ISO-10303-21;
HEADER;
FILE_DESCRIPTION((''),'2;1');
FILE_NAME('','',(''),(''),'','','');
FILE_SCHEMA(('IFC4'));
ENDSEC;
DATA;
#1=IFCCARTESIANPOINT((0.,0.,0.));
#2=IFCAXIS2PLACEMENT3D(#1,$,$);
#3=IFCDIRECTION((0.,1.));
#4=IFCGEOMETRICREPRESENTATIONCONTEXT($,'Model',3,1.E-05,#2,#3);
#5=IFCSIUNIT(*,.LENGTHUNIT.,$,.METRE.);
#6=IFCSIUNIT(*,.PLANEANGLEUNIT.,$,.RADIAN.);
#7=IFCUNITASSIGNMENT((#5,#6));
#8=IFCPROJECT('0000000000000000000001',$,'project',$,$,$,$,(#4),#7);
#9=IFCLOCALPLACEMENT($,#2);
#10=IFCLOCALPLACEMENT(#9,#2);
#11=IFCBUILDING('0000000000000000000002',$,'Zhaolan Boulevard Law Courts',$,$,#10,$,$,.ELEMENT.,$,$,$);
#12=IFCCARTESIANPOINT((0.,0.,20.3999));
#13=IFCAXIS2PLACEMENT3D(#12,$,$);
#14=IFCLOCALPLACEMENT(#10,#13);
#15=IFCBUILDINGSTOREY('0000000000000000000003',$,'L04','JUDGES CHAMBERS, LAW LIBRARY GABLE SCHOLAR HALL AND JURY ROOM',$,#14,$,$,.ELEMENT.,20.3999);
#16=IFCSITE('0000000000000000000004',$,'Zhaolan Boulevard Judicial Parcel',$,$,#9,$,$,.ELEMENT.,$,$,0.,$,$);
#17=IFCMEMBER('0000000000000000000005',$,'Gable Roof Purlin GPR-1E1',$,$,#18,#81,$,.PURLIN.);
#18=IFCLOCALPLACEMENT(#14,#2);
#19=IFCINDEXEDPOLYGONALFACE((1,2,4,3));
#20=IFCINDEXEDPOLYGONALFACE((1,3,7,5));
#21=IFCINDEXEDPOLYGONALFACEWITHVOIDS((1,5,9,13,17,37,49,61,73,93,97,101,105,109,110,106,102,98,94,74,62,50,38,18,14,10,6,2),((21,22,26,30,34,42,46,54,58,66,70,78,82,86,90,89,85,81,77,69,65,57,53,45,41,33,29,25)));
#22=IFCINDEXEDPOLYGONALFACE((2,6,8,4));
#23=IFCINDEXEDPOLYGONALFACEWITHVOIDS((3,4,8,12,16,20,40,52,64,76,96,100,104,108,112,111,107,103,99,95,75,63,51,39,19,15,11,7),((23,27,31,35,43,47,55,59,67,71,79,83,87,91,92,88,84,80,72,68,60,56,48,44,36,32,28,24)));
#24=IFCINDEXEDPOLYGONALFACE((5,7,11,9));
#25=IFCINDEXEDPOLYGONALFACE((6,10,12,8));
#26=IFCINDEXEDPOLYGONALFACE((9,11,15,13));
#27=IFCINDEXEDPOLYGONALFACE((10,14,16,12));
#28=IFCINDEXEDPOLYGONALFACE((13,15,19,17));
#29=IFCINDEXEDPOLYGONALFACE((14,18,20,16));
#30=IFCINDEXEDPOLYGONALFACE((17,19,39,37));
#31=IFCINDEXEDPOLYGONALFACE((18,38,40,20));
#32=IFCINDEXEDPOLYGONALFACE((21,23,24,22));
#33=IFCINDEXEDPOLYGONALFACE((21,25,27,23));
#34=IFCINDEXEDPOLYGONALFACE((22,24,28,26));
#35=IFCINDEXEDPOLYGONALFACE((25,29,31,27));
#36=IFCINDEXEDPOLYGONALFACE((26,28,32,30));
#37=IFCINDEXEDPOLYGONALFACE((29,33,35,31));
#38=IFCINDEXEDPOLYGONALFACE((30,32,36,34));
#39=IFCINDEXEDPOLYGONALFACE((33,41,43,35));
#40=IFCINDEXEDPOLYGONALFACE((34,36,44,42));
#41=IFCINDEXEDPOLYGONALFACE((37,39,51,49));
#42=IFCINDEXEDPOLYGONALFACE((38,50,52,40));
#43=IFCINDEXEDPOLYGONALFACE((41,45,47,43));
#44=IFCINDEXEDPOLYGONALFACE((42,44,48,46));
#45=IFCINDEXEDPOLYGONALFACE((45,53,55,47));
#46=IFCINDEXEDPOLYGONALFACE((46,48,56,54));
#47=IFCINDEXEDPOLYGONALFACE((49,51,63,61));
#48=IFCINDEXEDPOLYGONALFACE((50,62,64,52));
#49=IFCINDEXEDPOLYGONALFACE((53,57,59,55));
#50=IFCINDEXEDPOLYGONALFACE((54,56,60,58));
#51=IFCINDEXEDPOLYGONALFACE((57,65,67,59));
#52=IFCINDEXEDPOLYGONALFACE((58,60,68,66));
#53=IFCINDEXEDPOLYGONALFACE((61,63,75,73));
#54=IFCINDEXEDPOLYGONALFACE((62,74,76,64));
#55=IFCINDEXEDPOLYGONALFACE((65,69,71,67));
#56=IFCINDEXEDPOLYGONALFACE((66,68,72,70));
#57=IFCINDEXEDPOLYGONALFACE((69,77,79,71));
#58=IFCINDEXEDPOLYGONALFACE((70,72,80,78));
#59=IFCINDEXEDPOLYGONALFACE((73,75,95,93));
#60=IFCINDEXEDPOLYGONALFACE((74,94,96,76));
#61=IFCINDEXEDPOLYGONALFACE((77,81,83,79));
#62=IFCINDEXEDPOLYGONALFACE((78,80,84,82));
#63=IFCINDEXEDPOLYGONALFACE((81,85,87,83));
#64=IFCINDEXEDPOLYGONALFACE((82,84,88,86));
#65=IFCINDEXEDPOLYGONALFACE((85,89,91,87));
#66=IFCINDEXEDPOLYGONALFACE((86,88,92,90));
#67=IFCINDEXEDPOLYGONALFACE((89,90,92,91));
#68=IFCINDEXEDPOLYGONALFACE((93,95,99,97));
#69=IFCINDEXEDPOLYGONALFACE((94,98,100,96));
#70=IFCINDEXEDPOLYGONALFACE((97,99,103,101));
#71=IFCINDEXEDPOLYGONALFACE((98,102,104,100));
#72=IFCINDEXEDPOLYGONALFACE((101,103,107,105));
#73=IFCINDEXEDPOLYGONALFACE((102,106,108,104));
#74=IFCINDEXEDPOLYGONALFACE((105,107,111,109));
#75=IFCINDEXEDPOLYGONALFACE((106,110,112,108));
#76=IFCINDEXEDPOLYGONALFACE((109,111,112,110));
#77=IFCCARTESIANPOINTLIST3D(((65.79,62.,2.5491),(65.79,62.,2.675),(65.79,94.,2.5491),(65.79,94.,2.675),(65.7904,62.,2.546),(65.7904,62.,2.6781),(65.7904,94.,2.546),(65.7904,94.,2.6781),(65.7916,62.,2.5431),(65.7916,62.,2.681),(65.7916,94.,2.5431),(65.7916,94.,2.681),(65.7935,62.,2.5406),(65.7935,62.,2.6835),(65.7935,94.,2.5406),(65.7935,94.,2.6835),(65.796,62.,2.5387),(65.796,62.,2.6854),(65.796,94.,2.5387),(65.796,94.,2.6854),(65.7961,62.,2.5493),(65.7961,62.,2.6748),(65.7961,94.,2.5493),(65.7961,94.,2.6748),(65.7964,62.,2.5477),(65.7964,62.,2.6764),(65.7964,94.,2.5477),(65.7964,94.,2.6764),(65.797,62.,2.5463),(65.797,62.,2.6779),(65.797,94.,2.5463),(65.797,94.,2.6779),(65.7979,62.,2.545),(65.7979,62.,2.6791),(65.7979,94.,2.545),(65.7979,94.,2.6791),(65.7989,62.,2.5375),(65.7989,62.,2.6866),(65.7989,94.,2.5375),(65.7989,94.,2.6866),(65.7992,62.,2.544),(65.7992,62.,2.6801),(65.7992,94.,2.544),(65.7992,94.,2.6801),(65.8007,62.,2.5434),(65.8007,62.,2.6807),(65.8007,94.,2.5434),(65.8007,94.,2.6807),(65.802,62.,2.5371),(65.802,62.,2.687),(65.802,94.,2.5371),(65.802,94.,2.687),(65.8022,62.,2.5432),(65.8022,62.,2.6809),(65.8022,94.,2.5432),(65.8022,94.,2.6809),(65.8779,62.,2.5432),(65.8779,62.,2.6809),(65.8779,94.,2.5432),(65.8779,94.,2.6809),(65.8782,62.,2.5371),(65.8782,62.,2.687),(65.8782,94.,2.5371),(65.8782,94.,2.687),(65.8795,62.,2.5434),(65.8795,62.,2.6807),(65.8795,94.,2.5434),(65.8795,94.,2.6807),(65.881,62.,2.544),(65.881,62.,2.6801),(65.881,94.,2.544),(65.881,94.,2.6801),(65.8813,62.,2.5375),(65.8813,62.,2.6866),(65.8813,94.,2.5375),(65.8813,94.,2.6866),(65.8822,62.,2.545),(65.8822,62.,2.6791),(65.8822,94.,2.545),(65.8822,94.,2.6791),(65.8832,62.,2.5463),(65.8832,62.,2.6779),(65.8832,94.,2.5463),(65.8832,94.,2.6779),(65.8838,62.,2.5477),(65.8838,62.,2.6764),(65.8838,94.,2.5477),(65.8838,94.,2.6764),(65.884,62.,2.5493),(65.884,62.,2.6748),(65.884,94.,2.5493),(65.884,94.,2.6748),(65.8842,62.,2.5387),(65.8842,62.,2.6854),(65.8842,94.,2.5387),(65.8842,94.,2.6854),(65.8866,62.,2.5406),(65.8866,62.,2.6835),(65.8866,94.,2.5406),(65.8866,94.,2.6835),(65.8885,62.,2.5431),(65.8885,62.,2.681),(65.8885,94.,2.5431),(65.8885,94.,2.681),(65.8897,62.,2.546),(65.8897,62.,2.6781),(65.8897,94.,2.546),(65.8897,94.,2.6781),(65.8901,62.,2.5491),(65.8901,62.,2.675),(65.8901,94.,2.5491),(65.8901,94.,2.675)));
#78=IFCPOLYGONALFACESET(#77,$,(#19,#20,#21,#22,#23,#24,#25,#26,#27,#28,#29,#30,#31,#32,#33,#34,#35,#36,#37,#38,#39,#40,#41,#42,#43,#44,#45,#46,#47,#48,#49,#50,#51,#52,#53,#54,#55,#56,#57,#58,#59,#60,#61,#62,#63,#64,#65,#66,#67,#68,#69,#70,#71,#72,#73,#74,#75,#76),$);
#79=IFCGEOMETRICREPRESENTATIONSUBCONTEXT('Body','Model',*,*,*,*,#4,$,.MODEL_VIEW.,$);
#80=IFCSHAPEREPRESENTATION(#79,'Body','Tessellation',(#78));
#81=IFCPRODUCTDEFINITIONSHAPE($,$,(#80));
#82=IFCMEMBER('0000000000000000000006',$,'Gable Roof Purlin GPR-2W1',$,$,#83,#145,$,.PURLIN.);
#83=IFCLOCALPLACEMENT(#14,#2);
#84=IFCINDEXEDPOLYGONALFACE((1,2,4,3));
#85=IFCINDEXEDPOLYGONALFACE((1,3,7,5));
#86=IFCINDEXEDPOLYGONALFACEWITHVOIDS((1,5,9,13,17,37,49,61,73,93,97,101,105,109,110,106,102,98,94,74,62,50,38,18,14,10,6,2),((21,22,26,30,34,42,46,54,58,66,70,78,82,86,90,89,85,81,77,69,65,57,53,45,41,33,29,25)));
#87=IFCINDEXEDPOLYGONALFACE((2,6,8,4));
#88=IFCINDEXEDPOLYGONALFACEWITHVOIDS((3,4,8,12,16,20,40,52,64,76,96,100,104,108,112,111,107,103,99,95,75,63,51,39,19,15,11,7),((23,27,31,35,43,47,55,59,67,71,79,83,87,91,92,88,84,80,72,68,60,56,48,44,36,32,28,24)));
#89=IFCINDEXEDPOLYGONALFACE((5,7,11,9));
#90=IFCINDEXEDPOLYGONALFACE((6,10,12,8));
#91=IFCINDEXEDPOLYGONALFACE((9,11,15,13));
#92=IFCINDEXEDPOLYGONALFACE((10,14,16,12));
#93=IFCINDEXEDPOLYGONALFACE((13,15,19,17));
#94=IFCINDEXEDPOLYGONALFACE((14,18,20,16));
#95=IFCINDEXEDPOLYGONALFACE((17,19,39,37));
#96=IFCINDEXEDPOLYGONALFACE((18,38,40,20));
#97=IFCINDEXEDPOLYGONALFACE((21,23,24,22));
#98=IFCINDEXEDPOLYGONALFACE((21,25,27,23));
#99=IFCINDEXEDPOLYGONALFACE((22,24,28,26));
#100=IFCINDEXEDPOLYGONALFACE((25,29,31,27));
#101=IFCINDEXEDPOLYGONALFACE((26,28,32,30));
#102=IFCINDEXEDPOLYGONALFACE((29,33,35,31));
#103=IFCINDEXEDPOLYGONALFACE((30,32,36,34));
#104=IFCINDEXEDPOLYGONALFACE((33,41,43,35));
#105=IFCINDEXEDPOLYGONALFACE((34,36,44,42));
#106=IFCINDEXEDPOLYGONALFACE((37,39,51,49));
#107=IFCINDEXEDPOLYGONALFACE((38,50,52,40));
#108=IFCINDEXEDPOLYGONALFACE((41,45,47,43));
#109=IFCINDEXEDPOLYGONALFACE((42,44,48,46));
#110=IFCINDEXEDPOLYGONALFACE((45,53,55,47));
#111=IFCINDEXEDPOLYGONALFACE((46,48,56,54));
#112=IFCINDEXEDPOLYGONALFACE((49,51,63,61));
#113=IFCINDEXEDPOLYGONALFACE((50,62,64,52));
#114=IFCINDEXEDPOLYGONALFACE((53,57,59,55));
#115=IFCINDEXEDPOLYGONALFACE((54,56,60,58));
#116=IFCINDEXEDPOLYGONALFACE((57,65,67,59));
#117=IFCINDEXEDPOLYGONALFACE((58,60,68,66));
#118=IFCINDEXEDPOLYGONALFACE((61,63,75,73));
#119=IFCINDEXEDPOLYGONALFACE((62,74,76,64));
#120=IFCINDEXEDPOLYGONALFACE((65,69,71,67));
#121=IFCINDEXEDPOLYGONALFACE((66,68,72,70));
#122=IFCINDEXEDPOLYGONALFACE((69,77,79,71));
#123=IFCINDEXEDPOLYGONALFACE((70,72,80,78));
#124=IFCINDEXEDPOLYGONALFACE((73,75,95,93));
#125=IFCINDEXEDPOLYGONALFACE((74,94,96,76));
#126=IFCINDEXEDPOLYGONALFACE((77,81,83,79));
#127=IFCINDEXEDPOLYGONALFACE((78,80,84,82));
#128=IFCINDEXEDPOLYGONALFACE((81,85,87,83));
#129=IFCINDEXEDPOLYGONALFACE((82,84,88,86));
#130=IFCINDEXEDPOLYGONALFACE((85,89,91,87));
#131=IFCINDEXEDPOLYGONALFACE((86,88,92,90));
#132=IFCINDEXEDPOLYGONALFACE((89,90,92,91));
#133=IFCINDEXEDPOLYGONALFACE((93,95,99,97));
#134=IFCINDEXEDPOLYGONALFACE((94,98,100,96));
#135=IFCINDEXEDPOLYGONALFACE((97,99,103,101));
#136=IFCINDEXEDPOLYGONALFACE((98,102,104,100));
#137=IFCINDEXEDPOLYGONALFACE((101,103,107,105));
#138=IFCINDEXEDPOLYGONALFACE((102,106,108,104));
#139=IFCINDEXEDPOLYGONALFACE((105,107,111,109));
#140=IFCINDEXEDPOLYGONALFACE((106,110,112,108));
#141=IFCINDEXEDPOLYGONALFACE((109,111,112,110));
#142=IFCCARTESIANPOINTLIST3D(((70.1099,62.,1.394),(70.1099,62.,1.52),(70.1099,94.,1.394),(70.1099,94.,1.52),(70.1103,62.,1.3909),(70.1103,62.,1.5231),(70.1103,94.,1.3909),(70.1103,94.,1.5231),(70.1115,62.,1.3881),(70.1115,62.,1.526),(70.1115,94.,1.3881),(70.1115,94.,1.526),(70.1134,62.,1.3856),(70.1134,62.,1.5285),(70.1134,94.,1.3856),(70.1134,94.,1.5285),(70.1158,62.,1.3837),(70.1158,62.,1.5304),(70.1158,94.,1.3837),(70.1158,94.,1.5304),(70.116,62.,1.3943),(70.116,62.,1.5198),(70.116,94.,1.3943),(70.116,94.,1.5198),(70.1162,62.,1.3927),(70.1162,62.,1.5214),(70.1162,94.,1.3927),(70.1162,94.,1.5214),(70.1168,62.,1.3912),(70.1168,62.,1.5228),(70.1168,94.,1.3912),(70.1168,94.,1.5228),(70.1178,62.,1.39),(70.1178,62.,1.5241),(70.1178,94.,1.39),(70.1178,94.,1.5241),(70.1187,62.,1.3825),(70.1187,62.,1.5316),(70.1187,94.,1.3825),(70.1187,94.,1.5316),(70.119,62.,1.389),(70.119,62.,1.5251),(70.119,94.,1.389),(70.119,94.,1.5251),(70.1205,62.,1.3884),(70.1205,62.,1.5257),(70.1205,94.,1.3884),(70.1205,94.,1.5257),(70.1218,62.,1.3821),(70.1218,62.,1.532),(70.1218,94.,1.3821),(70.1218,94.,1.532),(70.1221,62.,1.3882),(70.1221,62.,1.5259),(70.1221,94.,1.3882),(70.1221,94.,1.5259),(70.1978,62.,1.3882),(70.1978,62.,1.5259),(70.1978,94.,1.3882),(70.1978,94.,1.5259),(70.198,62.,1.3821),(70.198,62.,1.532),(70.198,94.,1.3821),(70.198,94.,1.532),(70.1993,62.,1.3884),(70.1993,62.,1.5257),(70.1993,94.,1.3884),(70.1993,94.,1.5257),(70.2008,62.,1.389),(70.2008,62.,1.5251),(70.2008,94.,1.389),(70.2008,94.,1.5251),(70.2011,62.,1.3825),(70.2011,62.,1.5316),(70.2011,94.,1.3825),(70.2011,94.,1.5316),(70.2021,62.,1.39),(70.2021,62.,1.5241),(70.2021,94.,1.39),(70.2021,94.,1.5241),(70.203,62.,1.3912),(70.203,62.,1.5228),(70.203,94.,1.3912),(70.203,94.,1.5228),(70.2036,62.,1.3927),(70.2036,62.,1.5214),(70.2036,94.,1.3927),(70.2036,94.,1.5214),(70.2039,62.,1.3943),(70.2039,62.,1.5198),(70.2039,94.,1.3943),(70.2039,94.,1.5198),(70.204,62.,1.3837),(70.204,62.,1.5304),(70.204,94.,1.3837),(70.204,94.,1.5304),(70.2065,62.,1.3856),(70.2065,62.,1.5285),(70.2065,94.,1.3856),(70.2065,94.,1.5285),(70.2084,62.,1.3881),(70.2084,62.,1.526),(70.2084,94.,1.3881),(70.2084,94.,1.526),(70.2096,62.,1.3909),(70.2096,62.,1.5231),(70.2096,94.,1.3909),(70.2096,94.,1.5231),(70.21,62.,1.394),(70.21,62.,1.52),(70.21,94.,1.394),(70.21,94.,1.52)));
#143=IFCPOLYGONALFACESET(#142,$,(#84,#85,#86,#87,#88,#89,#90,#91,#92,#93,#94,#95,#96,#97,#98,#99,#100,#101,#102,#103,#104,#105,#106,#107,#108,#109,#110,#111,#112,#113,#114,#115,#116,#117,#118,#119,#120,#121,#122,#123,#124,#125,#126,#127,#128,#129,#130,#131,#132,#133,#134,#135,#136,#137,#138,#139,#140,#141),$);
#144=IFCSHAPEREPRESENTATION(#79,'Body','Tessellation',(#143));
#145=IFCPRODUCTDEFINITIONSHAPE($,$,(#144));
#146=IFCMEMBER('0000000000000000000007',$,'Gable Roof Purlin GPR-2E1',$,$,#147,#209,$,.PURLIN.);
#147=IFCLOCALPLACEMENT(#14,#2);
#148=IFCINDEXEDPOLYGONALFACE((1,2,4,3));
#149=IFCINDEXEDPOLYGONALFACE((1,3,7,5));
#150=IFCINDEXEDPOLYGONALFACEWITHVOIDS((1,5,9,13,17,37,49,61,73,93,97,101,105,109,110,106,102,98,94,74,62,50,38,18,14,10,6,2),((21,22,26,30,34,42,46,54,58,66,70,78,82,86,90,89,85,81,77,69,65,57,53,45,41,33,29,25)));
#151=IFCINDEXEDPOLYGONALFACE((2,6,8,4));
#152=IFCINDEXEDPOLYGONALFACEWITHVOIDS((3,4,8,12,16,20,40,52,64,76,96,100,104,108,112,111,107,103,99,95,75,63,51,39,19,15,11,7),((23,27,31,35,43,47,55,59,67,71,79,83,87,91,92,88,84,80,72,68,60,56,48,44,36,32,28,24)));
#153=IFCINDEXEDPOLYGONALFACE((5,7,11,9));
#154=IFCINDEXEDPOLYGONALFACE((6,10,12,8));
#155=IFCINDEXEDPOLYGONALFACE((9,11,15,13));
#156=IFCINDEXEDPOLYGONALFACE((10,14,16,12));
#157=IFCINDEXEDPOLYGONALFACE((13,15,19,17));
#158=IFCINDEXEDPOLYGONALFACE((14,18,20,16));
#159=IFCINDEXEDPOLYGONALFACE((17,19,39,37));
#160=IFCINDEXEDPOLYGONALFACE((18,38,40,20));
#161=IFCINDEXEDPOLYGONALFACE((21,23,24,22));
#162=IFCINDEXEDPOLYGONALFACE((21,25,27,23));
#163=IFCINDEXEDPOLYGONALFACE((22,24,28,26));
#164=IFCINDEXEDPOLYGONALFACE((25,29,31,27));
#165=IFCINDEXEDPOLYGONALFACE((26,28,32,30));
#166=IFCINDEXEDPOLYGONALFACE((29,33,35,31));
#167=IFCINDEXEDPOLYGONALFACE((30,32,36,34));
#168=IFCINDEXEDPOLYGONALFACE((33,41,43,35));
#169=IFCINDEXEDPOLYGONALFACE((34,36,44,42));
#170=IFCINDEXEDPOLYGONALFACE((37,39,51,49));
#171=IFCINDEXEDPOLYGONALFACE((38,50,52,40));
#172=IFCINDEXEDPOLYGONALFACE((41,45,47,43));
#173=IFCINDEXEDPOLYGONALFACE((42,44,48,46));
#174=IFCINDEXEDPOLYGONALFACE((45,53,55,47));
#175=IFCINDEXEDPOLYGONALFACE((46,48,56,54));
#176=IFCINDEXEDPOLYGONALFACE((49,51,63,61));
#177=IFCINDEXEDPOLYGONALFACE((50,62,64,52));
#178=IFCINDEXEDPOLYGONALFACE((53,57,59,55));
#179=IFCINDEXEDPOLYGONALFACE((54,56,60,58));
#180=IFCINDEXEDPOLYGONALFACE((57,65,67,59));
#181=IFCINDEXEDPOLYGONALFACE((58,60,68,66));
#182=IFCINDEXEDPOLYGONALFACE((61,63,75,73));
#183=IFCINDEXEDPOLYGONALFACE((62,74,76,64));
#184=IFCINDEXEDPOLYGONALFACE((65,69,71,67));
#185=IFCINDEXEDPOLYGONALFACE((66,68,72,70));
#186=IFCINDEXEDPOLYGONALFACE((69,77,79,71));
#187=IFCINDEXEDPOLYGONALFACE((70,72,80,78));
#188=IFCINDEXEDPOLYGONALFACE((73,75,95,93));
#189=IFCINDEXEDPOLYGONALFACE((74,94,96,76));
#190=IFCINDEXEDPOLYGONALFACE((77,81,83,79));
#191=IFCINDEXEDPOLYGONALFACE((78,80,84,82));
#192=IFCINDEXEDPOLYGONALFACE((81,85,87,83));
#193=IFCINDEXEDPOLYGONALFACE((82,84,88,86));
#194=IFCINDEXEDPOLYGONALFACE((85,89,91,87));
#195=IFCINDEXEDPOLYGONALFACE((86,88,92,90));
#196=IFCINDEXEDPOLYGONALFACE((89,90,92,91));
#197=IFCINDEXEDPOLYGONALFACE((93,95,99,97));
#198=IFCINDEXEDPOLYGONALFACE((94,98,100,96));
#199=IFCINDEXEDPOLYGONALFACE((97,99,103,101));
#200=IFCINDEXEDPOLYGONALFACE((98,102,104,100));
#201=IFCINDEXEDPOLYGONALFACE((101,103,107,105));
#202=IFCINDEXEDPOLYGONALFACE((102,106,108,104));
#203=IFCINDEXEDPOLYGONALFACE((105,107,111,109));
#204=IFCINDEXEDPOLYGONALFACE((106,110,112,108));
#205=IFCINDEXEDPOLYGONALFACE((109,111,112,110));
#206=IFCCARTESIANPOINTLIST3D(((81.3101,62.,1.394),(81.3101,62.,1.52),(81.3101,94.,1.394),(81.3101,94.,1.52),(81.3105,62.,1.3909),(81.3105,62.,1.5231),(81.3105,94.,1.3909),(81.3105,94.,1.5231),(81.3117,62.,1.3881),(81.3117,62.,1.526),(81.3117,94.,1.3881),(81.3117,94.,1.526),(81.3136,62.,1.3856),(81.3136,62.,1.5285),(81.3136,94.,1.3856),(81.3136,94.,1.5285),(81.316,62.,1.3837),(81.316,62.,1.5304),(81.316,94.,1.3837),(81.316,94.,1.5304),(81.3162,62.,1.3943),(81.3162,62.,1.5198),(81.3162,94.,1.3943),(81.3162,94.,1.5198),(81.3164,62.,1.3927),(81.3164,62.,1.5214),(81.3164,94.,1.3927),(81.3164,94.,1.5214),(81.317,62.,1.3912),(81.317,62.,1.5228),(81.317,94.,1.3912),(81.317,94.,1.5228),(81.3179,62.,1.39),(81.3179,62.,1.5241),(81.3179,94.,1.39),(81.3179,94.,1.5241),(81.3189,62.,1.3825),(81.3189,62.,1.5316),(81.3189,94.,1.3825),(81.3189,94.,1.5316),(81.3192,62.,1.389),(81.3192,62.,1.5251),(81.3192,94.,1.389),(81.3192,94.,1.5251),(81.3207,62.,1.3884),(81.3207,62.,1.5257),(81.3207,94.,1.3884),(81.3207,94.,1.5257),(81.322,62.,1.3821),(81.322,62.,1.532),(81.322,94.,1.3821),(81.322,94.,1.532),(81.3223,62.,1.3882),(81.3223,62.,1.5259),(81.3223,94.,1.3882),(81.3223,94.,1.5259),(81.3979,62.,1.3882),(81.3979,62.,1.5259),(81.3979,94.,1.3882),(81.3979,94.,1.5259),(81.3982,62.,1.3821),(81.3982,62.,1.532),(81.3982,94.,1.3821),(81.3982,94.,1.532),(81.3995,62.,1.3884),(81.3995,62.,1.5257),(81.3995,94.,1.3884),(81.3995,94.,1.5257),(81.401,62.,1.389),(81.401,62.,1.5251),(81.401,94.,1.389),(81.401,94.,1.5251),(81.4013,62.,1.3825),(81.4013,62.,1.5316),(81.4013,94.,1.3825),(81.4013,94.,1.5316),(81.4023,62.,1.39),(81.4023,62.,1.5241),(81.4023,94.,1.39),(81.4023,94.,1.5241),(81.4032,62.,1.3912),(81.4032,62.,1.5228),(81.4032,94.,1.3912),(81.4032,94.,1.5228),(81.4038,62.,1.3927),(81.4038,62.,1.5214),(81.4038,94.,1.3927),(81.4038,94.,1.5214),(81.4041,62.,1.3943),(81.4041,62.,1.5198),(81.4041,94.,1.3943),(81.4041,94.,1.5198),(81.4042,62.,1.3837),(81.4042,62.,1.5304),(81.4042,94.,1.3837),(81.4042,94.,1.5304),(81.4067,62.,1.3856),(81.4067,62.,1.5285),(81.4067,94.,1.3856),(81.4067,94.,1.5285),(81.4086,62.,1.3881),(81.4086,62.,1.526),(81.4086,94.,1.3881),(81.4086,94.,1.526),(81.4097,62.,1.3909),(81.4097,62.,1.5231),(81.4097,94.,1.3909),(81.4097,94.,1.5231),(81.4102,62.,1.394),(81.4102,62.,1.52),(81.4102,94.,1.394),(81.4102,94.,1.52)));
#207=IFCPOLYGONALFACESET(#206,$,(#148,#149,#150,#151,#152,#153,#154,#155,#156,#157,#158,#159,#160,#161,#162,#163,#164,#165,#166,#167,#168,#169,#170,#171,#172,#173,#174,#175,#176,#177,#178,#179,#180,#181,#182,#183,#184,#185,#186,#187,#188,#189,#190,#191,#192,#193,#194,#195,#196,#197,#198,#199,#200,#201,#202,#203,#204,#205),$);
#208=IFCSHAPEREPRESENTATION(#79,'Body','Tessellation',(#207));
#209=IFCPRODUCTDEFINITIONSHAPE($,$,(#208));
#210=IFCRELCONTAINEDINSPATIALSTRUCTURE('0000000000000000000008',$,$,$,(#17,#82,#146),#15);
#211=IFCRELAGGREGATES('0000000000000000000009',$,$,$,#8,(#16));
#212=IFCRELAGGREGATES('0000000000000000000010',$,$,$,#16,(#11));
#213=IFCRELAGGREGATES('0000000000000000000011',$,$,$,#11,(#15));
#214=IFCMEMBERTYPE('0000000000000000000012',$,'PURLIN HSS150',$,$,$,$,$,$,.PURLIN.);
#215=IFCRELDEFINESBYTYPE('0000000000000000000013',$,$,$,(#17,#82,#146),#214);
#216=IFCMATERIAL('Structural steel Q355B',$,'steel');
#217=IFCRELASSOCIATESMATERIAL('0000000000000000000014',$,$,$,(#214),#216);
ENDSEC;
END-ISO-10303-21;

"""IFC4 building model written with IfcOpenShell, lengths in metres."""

from ifc_helpers import new_model, si_unit, direction, frame, origin, origin_2d, place, context, subcontext, project, spatial, hollow_rectangle, extrude, material, material_profile, profile_set, type_object, element, save


model = new_model("IFC4")

# Units and contexts
model_context = context("Model", 3, precision=1e-05, world=origin(), true_north=direction((0.0, 1.0)))
body_context = subcontext(model_context, "Body", "Model", "MODEL_VIEW")
ifc_project = project(units=[si_unit("LENGTHUNIT", "METRE"), si_unit("PLANEANGLEUNIT", "RADIAN")], contexts=[model_context])

# Site, building, storey
site_placement = place(None, origin())
site = spatial("IfcSite", under=ifc_project, at=site_placement, Name="Zhaolan Boulevard Judicial Parcel", CompositionType="ELEMENT", RefElevation=0.0)
building_placement = place(site_placement, origin())
building = spatial("IfcBuilding", under=site, at=building_placement, Name="Zhaolan Boulevard Law Courts", CompositionType="ELEMENT")
storey_placement = place(building_placement, frame((0.0, 0.0, 20.3999)))
storey = spatial("IfcBuildingStorey", under=building, at=storey_placement, Name="L04", Description="JUDGES CHAMBERS, LAW LIBRARY GABLE SCHOLAR HALL AND JURY ROOM", CompositionType="ELEMENT", Elevation=20.3999)

# Members
ifc_material_1 = material(Name="Structural steel Q355B", Category="steel")
ifc_material_profile_1 = material_profile(ifc_material_1, hollow_rectangle(XDim=0.1001, YDim=0.1499, WallThickness=0.0061, InnerFilletRadius=0.0061, OuterFilletRadius=0.012, at=origin_2d()), Name="HSS150x100x6")
ifc_profile_set_1 = profile_set([ifc_material_profile_1], Name="Structural steel Q355B")
member_type_1 = type_object("IfcMemberType", Name="PURLIN HSS150", PredefinedType="PURLIN", material=ifc_profile_set_1)
for number, where, z_axis, x_axis, name in (
    (1, (65.8401, 62.0, 2.6121), (0.0, 1.0, 0.0), (-1.0, 0.0, 0.0), "Gable Roof Purlin GPR-1E1"),
    (2, (70.1599, 62.0, 1.457), (0.0, 1.0, 0.0), (-1.0, 0.0, 0.0), "Gable Roof Purlin GPR-2W1"),
    (3, (81.3601, 62.0, 1.457), (0.0, 1.0, 0.0), (-1.0, 0.0, 0.0), "Gable Roof Purlin GPR-2E1"),
):
    element("IfcMember", number, at=place(storey_placement, frame(where, z_axis=z_axis, x_axis=x_axis)), inside=storey, type_object=member_type_1, Name=name, PredefinedType="PURLIN", context=body_context, shape_type="SweptSolid", body=[
        extrude(hollow_rectangle(XDim=0.1001, YDim=0.1499, WallThickness=0.0061, InnerFilletRadius=0.0061, OuterFilletRadius=0.012, at=origin_2d()), origin(), (0.0, 0.0, 1.0), 32.0),
    ])

save(model, "model.ifc")
